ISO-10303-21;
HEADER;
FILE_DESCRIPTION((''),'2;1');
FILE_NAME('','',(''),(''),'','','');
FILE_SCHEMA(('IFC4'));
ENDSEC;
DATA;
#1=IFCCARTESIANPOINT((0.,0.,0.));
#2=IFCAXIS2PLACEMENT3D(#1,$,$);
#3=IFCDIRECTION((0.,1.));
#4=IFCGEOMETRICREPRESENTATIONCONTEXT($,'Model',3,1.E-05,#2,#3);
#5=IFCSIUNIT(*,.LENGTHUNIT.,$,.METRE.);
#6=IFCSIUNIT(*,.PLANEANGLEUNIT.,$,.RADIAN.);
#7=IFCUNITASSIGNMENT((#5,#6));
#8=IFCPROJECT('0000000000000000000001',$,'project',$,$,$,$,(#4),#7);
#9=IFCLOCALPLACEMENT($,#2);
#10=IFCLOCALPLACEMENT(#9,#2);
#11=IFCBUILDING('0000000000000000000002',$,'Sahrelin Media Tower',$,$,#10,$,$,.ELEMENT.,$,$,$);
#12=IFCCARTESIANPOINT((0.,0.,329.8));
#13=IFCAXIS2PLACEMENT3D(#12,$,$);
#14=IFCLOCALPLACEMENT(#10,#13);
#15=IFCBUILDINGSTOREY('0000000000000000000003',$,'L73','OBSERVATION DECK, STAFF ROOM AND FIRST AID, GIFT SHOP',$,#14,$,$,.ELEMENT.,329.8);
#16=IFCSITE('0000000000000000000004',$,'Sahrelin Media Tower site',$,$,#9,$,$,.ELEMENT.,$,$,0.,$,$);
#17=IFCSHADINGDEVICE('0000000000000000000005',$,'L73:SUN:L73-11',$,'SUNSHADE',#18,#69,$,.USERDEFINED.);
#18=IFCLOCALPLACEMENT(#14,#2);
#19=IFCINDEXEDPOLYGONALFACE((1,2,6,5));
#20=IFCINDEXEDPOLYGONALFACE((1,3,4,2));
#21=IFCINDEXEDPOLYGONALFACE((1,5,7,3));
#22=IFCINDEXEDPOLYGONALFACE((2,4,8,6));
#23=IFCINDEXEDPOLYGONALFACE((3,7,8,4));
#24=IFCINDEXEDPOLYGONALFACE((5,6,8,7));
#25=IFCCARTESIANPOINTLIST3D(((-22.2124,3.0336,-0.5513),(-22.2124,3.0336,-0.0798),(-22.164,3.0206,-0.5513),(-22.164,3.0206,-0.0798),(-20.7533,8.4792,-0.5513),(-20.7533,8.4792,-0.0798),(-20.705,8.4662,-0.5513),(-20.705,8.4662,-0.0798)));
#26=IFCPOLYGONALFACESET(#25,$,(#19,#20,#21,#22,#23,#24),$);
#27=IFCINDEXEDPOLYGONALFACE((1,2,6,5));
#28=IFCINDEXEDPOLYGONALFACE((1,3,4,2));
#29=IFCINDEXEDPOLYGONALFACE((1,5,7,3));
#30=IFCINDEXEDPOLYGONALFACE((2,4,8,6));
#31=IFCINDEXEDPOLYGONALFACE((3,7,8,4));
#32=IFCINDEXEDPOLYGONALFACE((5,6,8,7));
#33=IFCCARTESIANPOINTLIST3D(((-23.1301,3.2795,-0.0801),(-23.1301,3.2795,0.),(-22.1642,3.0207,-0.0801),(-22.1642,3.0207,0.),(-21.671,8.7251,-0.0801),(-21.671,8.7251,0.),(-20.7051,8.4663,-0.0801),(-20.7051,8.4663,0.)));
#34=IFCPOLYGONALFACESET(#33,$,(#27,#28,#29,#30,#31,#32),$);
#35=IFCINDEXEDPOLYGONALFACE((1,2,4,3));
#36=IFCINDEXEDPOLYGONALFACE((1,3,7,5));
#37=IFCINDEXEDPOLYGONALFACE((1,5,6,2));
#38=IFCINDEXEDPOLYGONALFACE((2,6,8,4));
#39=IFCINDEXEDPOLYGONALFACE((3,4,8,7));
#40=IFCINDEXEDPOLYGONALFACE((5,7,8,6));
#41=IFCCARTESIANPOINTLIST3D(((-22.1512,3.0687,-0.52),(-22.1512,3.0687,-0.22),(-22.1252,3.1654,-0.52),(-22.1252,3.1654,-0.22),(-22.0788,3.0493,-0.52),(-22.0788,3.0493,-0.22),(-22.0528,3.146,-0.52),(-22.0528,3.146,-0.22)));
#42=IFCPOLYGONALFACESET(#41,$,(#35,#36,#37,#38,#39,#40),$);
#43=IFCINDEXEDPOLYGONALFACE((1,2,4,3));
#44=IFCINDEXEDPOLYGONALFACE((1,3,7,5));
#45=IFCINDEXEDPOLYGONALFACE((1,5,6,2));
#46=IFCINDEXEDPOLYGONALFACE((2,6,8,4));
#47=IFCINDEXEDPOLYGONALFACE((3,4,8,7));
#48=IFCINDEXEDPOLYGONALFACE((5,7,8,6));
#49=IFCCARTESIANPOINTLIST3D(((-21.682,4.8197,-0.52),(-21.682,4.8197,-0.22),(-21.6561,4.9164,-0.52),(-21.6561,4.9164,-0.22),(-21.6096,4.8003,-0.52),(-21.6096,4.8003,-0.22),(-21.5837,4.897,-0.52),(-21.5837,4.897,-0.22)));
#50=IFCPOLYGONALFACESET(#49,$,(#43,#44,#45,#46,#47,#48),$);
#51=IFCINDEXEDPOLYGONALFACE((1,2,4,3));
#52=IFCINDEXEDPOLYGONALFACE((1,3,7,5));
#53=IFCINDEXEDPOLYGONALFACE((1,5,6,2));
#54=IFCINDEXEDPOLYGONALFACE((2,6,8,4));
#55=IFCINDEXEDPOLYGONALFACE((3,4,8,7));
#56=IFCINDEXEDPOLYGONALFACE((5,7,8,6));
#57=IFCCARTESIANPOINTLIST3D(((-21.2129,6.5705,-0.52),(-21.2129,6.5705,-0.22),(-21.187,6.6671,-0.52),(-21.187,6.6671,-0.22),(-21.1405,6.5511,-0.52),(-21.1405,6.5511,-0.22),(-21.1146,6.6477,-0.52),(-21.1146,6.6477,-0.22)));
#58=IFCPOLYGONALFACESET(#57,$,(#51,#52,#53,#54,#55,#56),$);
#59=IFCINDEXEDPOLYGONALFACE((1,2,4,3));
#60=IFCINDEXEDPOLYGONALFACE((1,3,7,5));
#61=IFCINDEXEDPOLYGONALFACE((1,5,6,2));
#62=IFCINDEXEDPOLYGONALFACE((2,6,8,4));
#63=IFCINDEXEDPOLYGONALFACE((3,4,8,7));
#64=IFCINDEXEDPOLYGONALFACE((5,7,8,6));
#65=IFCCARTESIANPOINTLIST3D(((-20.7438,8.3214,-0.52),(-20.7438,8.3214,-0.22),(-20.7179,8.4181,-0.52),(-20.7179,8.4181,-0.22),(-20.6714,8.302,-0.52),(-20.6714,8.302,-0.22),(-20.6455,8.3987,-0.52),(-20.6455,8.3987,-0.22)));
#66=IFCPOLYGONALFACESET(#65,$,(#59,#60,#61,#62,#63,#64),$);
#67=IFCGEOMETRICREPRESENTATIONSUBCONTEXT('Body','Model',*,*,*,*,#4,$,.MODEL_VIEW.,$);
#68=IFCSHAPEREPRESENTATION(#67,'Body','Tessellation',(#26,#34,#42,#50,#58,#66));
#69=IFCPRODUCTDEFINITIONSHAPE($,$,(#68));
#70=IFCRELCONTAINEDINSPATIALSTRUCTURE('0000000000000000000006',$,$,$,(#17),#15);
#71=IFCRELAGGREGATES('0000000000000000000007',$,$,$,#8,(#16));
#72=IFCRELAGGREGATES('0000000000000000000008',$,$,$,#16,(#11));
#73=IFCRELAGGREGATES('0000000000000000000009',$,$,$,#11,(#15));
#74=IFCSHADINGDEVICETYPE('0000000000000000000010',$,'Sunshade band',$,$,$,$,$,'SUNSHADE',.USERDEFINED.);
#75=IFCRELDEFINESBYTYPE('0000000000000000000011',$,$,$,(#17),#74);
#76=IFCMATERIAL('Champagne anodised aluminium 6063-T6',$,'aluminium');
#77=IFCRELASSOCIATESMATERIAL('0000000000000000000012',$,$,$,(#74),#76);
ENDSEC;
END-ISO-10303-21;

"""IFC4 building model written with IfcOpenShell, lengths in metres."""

from ifc_helpers import new_model, si_unit, direction, frame, origin, origin_2d, place, context, subcontext, project, spatial, rectangle, extrude, material, type_object, element, save


model = new_model("IFC4")

# Units and contexts
model_context = context("Model", 3, precision=1e-05, world=origin(), true_north=direction((0.0, 1.0)))
body_context = subcontext(model_context, "Body", "Model", "MODEL_VIEW")
ifc_project = project(units=[si_unit("LENGTHUNIT", "METRE"), si_unit("PLANEANGLEUNIT", "RADIAN")], contexts=[model_context])

# Site, building, storey
site_placement = place(None, origin())
site = spatial("IfcSite", under=ifc_project, at=site_placement, Name="Sahrelin Media Tower site", CompositionType="ELEMENT", RefElevation=0.0)
building_placement = place(site_placement, origin())
building = spatial("IfcBuilding", under=site, at=building_placement, Name="Sahrelin Media Tower", CompositionType="ELEMENT")
storey_placement = place(building_placement, frame((0.0, 0.0, 329.8)))
storey = spatial("IfcBuildingStorey", under=building, at=storey_placement, Name="L73", Description="OBSERVATION DECK, STAFF ROOM AND FIRST AID, GIFT SHOP", CompositionType="ELEMENT", Elevation=329.8)

# Shared definitions
ifc_material_1 = material(Name="Champagne anodised aluminium 6063-T6", Category="aluminium")

# Shading device
placement = place(storey_placement, frame((-21.4153, 5.7383, 0.0), z_axis=(0.0, 0.0, 1.0), x_axis=(0.258808, 0.965929, 0.0)))
shading_device_type_1 = type_object("IfcShadingDeviceType", Name="Sunshade band", ElementType="SUNSHADE", PredefinedType="USERDEFINED", material=ifc_material_1)
element("IfcShadingDevice", 1, at=placement, inside=storey, type_object=shading_device_type_1, Name="L73:SUN:L73-11", ObjectType="SUNSHADE", PredefinedType="USERDEFINED", context=body_context, shape_type="SweptSolid", body=[
    extrude(rectangle(XDim=5.6377, YDim=0.05, at=origin_2d()), frame((0.0, 0.0449, -0.5513)), (0.0, 0.0, 1.0), 0.4714),
    extrude(rectangle(XDim=5.6377, YDim=1.0, at=origin_2d()), frame((0.0, 0.52, -0.0801)), (0.0, 0.0, 1.0), 0.0801),
    extrude(rectangle(XDim=0.1001, YDim=0.075, at=origin_2d()), frame((-2.719, -0.0176, -0.52)), (0.0, 0.0, 1.0), 0.3),
    extrude(rectangle(XDim=0.1001, YDim=0.075, at=origin_2d()), frame((-0.9062, -0.0176, -0.52)), (0.0, 0.0, 1.0), 0.3),
    extrude(rectangle(XDim=0.1001, YDim=0.075, at=origin_2d()), frame((0.9062, -0.0176, -0.52)), (0.0, 0.0, 1.0), 0.3),
    extrude(rectangle(XDim=0.1001, YDim=0.075, at=origin_2d()), frame((2.719, -0.0176, -0.52)), (0.0, 0.0, 1.0), 0.3),
])

save(model, "model.ifc")
